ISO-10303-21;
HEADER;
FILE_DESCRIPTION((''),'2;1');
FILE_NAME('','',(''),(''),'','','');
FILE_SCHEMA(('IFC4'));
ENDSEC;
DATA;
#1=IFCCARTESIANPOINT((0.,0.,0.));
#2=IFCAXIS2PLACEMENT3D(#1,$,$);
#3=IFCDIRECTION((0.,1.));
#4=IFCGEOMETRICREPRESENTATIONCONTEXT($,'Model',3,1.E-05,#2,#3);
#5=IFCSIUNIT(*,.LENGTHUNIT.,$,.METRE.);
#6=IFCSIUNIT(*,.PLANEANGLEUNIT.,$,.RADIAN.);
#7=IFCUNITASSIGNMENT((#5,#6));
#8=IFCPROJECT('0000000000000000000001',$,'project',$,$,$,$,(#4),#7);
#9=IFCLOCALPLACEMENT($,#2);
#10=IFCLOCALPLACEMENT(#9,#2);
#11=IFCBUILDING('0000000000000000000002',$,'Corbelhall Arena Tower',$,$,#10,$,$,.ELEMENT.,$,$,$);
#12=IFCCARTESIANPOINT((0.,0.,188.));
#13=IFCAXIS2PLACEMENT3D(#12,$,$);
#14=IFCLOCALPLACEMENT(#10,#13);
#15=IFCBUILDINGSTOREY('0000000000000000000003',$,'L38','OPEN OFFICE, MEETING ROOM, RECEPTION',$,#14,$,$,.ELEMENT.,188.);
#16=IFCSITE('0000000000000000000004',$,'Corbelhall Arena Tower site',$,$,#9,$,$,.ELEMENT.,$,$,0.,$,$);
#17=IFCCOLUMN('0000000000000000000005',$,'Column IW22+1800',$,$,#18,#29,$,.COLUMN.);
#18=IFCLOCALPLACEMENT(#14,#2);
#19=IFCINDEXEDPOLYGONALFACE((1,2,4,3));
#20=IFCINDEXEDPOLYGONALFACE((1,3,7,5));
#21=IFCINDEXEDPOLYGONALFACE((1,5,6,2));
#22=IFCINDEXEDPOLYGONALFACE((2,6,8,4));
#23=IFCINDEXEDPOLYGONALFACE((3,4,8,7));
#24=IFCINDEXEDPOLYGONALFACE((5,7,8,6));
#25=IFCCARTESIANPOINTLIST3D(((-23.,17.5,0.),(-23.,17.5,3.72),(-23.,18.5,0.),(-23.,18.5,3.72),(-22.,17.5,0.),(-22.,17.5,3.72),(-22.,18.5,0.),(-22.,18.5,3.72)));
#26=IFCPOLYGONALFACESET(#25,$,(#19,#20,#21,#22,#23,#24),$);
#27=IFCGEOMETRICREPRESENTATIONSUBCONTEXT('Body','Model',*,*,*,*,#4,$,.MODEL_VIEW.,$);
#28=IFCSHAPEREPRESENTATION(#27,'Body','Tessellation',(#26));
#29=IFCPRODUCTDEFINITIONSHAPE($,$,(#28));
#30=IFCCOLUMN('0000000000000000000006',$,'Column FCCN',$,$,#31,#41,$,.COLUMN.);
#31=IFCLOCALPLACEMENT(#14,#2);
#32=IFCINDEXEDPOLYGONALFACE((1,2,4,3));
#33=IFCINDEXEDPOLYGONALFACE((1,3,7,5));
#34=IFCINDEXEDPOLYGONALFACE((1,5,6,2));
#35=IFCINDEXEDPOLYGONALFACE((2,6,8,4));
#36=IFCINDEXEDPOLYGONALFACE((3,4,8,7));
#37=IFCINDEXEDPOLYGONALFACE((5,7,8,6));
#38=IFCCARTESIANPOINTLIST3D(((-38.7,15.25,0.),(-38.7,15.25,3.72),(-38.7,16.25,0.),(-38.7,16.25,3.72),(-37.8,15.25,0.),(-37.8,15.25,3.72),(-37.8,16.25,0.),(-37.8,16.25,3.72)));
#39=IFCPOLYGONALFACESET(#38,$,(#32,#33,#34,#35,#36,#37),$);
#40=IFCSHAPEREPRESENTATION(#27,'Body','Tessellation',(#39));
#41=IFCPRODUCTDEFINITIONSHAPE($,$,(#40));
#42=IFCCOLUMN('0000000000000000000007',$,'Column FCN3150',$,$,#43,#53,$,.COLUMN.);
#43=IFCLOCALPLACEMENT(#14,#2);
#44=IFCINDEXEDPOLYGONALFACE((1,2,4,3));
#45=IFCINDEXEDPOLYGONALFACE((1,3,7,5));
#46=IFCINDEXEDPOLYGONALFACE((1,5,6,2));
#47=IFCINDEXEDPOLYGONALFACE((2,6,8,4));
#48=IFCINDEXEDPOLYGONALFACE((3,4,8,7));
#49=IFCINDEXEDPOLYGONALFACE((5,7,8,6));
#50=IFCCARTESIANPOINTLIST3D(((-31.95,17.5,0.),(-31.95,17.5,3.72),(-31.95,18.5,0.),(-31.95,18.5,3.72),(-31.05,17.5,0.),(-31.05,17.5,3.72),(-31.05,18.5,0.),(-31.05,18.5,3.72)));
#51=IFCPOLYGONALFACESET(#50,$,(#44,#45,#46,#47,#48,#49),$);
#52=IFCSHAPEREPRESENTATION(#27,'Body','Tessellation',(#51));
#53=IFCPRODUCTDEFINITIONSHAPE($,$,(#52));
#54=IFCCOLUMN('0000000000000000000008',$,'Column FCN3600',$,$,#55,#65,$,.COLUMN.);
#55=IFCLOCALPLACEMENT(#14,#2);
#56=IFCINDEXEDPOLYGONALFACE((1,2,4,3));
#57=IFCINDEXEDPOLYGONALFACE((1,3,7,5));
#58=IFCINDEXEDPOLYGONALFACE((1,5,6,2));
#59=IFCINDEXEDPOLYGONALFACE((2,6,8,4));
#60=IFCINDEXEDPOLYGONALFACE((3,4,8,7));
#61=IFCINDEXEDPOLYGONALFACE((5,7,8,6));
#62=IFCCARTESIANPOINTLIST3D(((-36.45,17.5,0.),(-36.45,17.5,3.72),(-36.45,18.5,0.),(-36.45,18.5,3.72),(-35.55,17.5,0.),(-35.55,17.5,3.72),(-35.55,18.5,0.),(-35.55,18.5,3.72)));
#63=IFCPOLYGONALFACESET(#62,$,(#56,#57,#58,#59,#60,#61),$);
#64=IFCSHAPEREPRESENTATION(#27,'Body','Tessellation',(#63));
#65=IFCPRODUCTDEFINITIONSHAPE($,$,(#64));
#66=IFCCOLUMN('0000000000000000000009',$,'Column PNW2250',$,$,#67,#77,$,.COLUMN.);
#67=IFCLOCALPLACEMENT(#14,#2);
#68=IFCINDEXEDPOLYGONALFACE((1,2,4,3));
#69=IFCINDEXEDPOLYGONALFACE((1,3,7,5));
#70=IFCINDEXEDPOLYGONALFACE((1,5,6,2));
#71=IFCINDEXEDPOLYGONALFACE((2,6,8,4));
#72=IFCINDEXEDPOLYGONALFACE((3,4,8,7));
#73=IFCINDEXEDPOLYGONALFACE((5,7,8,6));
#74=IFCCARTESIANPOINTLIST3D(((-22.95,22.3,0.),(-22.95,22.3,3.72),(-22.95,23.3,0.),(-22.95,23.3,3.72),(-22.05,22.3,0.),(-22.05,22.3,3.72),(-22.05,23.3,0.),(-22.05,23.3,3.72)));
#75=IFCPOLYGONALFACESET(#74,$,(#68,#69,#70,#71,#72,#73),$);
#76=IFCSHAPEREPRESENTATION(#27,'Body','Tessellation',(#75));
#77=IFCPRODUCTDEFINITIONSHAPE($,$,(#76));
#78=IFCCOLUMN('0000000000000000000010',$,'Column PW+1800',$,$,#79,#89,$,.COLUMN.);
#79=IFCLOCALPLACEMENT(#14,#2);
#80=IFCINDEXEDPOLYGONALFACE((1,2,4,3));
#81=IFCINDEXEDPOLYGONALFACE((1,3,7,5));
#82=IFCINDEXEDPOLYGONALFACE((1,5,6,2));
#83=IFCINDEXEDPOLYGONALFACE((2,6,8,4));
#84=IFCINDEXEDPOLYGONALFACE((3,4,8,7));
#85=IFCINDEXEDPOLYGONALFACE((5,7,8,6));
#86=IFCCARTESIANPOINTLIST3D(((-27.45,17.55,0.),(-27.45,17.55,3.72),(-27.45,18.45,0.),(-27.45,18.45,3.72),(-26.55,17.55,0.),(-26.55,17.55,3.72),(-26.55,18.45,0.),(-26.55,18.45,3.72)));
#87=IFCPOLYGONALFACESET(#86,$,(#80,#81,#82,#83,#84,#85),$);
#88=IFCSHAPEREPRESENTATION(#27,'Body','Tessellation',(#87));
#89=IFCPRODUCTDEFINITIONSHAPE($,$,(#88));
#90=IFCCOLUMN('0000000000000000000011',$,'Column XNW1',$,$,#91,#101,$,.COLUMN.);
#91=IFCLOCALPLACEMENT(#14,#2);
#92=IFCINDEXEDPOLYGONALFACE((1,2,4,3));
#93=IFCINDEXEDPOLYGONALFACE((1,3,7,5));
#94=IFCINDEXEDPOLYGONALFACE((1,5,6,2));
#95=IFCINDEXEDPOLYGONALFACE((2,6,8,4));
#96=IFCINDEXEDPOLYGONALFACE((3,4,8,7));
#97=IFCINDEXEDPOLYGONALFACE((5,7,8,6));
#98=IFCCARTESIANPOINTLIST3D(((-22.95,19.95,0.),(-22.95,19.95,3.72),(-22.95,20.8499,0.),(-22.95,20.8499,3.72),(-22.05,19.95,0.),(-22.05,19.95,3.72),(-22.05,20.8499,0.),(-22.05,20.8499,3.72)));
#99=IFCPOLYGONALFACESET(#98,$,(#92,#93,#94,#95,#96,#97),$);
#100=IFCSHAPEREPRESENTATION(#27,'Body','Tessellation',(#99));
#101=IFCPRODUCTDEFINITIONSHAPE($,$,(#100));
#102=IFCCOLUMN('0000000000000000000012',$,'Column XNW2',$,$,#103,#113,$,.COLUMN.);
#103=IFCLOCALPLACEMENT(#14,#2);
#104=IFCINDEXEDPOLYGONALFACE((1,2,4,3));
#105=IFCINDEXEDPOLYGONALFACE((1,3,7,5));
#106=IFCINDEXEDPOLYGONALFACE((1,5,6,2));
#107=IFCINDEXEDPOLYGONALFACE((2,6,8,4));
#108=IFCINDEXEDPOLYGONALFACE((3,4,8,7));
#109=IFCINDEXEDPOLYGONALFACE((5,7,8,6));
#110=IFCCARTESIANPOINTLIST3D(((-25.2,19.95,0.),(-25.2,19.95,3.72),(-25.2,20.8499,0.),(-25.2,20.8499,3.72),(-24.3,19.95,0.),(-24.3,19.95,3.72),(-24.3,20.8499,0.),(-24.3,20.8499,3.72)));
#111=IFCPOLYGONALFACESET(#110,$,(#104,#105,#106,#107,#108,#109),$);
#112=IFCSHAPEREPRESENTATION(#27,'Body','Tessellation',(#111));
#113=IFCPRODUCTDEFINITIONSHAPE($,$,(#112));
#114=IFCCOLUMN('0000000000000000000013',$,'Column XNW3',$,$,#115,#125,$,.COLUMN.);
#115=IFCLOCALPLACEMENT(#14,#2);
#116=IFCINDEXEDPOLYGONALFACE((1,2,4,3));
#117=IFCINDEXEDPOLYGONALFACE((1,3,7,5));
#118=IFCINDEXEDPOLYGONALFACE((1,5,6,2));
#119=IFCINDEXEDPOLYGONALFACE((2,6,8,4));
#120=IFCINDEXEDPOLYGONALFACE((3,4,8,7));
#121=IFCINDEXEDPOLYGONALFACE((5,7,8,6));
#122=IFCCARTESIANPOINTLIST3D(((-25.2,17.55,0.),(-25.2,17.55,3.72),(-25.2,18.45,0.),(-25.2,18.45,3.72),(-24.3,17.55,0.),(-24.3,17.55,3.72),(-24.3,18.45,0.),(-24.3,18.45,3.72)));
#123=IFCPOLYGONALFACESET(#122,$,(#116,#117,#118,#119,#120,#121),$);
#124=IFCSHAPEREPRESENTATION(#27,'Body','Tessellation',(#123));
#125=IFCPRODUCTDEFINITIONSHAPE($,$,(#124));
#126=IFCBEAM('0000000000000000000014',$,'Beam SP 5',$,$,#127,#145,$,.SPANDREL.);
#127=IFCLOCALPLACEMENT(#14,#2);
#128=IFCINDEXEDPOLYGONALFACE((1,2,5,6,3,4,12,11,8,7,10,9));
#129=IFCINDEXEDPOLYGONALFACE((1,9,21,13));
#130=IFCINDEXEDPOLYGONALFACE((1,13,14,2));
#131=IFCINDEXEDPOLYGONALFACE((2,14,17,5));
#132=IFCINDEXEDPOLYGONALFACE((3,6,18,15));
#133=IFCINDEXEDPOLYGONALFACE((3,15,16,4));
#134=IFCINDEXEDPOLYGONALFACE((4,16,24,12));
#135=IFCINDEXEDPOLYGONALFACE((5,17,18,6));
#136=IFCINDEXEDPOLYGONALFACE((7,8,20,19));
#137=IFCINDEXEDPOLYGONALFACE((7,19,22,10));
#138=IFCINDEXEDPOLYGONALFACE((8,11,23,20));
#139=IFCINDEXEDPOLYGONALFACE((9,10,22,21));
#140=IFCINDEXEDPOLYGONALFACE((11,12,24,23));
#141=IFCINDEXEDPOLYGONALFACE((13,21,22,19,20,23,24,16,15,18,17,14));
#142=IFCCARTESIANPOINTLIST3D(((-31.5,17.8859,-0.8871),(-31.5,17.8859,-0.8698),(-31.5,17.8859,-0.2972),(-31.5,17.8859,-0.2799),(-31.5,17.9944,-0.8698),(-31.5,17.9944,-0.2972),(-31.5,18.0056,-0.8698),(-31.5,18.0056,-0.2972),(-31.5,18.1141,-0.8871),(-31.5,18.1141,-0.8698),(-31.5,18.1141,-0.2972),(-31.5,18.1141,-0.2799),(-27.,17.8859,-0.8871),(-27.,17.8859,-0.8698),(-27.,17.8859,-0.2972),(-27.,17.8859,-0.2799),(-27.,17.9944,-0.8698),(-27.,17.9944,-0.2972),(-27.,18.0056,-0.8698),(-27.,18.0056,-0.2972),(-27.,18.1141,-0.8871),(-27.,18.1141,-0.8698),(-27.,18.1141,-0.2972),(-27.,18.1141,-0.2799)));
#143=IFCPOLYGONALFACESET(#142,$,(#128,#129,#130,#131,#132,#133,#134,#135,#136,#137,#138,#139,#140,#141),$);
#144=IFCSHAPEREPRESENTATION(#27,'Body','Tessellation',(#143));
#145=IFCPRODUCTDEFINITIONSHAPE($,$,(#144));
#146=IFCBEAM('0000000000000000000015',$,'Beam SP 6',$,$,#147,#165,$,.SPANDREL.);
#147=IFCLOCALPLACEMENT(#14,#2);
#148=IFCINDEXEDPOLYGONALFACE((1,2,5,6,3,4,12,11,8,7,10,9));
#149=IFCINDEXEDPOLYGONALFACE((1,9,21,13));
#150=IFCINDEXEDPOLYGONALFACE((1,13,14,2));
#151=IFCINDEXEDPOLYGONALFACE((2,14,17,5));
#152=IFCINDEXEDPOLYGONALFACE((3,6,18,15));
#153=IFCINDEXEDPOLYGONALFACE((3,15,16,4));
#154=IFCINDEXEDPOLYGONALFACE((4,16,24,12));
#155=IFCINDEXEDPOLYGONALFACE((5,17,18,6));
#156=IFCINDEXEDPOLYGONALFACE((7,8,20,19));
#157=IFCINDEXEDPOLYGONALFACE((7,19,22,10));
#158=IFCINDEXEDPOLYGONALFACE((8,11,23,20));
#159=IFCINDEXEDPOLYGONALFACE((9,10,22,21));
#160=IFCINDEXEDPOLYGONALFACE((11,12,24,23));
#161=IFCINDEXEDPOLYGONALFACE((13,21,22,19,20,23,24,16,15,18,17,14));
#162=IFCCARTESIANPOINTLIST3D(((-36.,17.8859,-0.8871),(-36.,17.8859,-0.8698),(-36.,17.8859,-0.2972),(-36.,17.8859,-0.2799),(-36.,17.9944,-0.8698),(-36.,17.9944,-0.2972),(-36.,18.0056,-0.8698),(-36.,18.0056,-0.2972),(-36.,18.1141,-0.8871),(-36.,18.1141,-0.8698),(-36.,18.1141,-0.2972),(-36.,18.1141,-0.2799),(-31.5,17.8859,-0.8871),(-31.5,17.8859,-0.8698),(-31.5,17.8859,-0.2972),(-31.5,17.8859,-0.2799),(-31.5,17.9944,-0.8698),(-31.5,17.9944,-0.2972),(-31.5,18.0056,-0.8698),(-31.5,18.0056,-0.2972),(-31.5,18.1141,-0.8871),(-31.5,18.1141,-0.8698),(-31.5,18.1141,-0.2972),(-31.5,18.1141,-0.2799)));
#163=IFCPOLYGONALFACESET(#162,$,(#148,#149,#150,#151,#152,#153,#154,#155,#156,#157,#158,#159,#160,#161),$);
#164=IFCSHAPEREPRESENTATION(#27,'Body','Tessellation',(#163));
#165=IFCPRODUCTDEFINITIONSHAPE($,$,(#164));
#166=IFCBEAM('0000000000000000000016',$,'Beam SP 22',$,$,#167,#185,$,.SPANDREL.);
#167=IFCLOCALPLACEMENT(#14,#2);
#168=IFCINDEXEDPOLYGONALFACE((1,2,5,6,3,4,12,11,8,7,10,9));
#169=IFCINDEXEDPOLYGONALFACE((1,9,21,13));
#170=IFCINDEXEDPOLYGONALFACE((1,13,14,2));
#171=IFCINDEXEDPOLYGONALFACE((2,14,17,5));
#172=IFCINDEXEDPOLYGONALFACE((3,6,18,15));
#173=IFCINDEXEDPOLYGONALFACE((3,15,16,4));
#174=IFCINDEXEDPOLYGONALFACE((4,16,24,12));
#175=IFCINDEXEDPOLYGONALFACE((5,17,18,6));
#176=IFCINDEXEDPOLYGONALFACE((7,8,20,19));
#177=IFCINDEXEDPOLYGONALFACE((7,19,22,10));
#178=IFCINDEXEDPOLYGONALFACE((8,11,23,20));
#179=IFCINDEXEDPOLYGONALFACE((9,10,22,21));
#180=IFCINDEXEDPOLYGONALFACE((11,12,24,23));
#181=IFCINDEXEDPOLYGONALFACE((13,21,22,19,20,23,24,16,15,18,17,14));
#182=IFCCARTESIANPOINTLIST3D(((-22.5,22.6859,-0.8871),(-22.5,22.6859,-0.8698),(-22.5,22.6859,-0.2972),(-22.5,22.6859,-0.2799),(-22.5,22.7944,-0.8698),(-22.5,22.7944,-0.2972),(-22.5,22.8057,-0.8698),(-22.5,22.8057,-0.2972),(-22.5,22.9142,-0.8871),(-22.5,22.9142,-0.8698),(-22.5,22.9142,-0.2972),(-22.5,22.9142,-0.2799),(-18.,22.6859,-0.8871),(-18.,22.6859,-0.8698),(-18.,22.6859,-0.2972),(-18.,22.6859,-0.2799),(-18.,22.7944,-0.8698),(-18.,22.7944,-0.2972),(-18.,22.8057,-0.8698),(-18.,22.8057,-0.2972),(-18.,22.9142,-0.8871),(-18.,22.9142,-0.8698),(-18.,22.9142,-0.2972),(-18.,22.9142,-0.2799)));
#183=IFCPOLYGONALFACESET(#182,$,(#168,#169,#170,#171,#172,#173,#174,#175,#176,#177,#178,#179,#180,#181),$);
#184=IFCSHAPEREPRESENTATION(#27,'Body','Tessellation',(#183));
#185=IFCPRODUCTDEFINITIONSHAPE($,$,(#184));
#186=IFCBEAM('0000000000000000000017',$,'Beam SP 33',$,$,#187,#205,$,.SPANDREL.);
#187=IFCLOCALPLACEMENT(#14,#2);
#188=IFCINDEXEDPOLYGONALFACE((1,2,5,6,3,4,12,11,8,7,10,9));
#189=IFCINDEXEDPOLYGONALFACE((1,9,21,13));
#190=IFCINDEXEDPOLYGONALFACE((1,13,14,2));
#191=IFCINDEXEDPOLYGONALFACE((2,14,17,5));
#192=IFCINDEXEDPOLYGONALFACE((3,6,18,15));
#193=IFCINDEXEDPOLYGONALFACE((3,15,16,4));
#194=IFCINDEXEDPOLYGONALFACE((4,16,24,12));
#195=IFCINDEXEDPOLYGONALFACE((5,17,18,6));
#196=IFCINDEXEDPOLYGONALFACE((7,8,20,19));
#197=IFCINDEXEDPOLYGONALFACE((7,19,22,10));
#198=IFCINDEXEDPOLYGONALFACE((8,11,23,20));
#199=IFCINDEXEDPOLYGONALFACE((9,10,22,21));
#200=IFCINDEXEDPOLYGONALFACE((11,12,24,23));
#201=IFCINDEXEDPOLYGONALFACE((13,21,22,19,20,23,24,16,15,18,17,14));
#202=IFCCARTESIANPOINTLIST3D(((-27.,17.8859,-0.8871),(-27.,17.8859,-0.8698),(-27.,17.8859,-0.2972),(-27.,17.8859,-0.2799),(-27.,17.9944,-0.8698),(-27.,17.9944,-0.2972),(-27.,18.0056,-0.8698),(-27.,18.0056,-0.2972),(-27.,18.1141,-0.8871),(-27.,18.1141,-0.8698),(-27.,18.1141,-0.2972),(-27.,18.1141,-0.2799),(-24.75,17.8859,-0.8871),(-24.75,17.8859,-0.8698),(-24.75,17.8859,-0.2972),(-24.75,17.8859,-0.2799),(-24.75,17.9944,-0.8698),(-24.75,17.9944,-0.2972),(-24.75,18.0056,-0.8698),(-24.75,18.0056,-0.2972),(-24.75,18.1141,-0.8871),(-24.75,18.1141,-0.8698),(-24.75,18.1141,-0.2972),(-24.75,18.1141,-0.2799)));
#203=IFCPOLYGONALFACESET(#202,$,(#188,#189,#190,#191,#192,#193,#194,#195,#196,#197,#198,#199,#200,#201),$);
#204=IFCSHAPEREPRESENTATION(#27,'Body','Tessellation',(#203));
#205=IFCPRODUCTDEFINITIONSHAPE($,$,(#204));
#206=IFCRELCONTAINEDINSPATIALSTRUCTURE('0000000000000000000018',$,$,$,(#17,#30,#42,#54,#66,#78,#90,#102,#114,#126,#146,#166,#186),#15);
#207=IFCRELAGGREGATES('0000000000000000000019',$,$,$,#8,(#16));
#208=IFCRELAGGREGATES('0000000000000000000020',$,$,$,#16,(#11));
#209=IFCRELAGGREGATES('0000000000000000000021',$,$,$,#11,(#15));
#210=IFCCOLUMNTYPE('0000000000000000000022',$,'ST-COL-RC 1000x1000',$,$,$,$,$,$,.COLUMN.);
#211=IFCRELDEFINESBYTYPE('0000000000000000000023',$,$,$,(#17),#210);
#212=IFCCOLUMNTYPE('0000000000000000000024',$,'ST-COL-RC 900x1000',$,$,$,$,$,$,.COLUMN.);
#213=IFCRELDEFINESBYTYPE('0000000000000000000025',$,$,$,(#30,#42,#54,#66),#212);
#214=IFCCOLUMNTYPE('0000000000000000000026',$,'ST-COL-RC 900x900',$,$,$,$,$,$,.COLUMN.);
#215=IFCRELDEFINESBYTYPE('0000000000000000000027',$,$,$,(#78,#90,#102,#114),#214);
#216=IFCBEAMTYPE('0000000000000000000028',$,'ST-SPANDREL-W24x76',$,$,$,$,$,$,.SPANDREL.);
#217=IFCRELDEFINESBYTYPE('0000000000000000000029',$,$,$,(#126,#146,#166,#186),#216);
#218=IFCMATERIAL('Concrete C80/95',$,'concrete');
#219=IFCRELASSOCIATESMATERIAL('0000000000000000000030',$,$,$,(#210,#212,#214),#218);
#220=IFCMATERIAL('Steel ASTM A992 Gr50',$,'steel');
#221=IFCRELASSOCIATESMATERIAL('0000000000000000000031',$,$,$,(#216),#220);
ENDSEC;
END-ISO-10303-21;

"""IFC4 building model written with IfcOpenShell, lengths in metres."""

from ifc_helpers import new_model, si_unit, direction, frame, origin, origin_2d, place, context, subcontext, project, spatial, rectangle, i_section, extrude, material, material_profile, profile_set, type_object, element, save


model = new_model("IFC4")

# Units and contexts
model_context = context("Model", 3, precision=1e-05, world=origin(), true_north=direction((0.0, 1.0)))
body_context = subcontext(model_context, "Body", "Model", "MODEL_VIEW")
ifc_project = project(units=[si_unit("LENGTHUNIT", "METRE"), si_unit("PLANEANGLEUNIT", "RADIAN")], contexts=[model_context])

# Site, building, storey
site_placement = place(None, origin())
site = spatial("IfcSite", under=ifc_project, at=site_placement, Name="Corbelhall Arena Tower site", CompositionType="ELEMENT", RefElevation=0.0)
building_placement = place(site_placement, origin())
building = spatial("IfcBuilding", under=site, at=building_placement, Name="Corbelhall Arena Tower", CompositionType="ELEMENT")
storey_placement = place(building_placement, frame((0.0, 0.0, 188.0)))
storey = spatial("IfcBuildingStorey", under=building, at=storey_placement, Name="L38", Description="OPEN OFFICE, MEETING ROOM, RECEPTION", CompositionType="ELEMENT", Elevation=188.0)

# Columns
ifc_material_1 = material(Name="Concrete C80/95", Category="concrete")
ifc_material_profile_1 = material_profile(ifc_material_1, rectangle(XDim=1.0, YDim=1.0, at=origin_2d()))
ifc_profile_set_1 = profile_set([ifc_material_profile_1], Name="Concrete C80/95")
column_type_1 = type_object("IfcColumnType", Name="ST-COL-RC 1000x1000", PredefinedType="COLUMN", material=ifc_profile_set_1)
column_placement = place(storey_placement, frame((-22.5, 18.0, 0.0), z_axis=(0.0, 0.0, 1.0), x_axis=(1.0, 0.0, 0.0)))
element("IfcColumn", 1, at=column_placement, inside=storey, type_object=column_type_1, Name="Column IW22+1800", PredefinedType="COLUMN", context=body_context, shape_type="SweptSolid", body=[
    extrude(rectangle(XDim=1.0, YDim=1.0, at=origin_2d()), origin(), (0.0, 0.0, 1.0), 3.72),
])
ifc_material_profile_2 = material_profile(ifc_material_1, rectangle(XDim=0.8999, YDim=1.0, at=origin_2d()))
ifc_profile_set_2 = profile_set([ifc_material_profile_2], Name="Concrete C80/95")
column_type_2 = type_object("IfcColumnType", Name="ST-COL-RC 900x1000", PredefinedType="COLUMN", material=ifc_profile_set_2)
for number, where, z_axis, x_axis, name in (
    (2, (-38.25, 15.75, 0.0), (0.0, 0.0, 1.0), (1.0, 0.0, 0.0), "Column FCCN"),
    (3, (-31.5, 18.0, 0.0), (0.0, 0.0, 1.0), (1.0, 0.0, 0.0), "Column FCN3150"),
    (4, (-36.0, 18.0, 0.0), (0.0, 0.0, 1.0), (1.0, 0.0, 0.0), "Column FCN3600"),
    (5, (-22.5, 22.8, 0.0), (0.0, 0.0, 1.0), (1.0, 0.0, 0.0), "Column PNW2250"),
):
    element("IfcColumn", number, at=place(storey_placement, frame(where, z_axis=z_axis, x_axis=x_axis)), inside=storey, type_object=column_type_2, Name=name, PredefinedType="COLUMN", context=body_context, shape_type="SweptSolid", body=[
        extrude(rectangle(XDim=0.8999, YDim=1.0, at=origin_2d()), origin(), (0.0, 0.0, 1.0), 3.72),
    ])
ifc_material_profile_3 = material_profile(ifc_material_1, rectangle(XDim=0.8999, YDim=0.8999, at=origin_2d()))
ifc_profile_set_3 = profile_set([ifc_material_profile_3], Name="Concrete C80/95")
column_type_3 = type_object("IfcColumnType", Name="ST-COL-RC 900x900", PredefinedType="COLUMN", material=ifc_profile_set_3)
for number, where, z_axis, x_axis, name in (
    (6, (-27.0, 18.0, 0.0), (0.0, 0.0, 1.0), (1.0, 0.0, 0.0), "Column PW+1800"),
    (7, (-22.5, 20.3999, 0.0), (0.0, 0.0, 1.0), (1.0, 0.0, 0.0), "Column XNW1"),
    (8, (-24.75, 20.3999, 0.0), (0.0, 0.0, 1.0), (1.0, 0.0, 0.0), "Column XNW2"),
    (9, (-24.75, 18.0, 0.0), (0.0, 0.0, 1.0), (1.0, 0.0, 0.0), "Column XNW3"),
):
    element("IfcColumn", number, at=place(storey_placement, frame(where, z_axis=z_axis, x_axis=x_axis)), inside=storey, type_object=column_type_3, Name=name, PredefinedType="COLUMN", context=body_context, shape_type="SweptSolid", body=[
        extrude(rectangle(XDim=0.8999, YDim=0.8999, at=origin_2d()), origin(), (0.0, 0.0, 1.0), 3.72),
    ])

# Beams
ifc_material_2 = material(Name="Steel ASTM A992 Gr50", Category="steel")
ifc_material_profile_4 = material_profile(ifc_material_2, i_section(OverallWidth=0.2283, OverallDepth=0.6072, WebThickness=0.0112, FlangeThickness=0.0173, at=origin_2d()))
ifc_profile_set_4 = profile_set([ifc_material_profile_4], Name="Steel ASTM A992 Gr50")
beam_type = type_object("IfcBeamType", Name="ST-SPANDREL-W24x76", PredefinedType="SPANDREL", material=ifc_profile_set_4)
for number, where, z_axis, x_axis, name in (
    (10, (-31.5, 18.0, -0.5835), (1.0, 0.0, 0.0), (0.0, 1.0, 0.0), "Beam SP 5"),
    (11, (-36.0, 18.0, -0.5835), (1.0, 0.0, 0.0), (0.0, 1.0, 0.0), "Beam SP 6"),
    (12, (-22.5, 22.8, -0.5835), (1.0, 0.0, 0.0), (0.0, 1.0, 0.0), "Beam SP 22"),
):
    element("IfcBeam", number, at=place(storey_placement, frame(where, z_axis=z_axis, x_axis=x_axis)), inside=storey, type_object=beam_type, Name=name, PredefinedType="SPANDREL", context=body_context, shape_type="SweptSolid", body=[
        extrude(i_section(OverallWidth=0.2283, OverallDepth=0.6072, WebThickness=0.0112, FlangeThickness=0.0173, at=origin_2d()), origin(), (0.0, 0.0, 1.0), 4.5),
    ])
beam_1_placement = place(storey_placement, frame((-27.0, 18.0, -0.5835), z_axis=(1.0, 0.0, 0.0), x_axis=(0.0, 1.0, 0.0)))
element("IfcBeam", 13, at=beam_1_placement, inside=storey, type_object=beam_type, Name="Beam SP 33", PredefinedType="SPANDREL", context=body_context, shape_type="SweptSolid", body=[
    extrude(i_section(OverallWidth=0.2283, OverallDepth=0.6072, WebThickness=0.0112, FlangeThickness=0.0173, at=origin_2d()), origin(), (0.0, 0.0, 1.0), 2.25),
])

save(model, "model.ifc")
